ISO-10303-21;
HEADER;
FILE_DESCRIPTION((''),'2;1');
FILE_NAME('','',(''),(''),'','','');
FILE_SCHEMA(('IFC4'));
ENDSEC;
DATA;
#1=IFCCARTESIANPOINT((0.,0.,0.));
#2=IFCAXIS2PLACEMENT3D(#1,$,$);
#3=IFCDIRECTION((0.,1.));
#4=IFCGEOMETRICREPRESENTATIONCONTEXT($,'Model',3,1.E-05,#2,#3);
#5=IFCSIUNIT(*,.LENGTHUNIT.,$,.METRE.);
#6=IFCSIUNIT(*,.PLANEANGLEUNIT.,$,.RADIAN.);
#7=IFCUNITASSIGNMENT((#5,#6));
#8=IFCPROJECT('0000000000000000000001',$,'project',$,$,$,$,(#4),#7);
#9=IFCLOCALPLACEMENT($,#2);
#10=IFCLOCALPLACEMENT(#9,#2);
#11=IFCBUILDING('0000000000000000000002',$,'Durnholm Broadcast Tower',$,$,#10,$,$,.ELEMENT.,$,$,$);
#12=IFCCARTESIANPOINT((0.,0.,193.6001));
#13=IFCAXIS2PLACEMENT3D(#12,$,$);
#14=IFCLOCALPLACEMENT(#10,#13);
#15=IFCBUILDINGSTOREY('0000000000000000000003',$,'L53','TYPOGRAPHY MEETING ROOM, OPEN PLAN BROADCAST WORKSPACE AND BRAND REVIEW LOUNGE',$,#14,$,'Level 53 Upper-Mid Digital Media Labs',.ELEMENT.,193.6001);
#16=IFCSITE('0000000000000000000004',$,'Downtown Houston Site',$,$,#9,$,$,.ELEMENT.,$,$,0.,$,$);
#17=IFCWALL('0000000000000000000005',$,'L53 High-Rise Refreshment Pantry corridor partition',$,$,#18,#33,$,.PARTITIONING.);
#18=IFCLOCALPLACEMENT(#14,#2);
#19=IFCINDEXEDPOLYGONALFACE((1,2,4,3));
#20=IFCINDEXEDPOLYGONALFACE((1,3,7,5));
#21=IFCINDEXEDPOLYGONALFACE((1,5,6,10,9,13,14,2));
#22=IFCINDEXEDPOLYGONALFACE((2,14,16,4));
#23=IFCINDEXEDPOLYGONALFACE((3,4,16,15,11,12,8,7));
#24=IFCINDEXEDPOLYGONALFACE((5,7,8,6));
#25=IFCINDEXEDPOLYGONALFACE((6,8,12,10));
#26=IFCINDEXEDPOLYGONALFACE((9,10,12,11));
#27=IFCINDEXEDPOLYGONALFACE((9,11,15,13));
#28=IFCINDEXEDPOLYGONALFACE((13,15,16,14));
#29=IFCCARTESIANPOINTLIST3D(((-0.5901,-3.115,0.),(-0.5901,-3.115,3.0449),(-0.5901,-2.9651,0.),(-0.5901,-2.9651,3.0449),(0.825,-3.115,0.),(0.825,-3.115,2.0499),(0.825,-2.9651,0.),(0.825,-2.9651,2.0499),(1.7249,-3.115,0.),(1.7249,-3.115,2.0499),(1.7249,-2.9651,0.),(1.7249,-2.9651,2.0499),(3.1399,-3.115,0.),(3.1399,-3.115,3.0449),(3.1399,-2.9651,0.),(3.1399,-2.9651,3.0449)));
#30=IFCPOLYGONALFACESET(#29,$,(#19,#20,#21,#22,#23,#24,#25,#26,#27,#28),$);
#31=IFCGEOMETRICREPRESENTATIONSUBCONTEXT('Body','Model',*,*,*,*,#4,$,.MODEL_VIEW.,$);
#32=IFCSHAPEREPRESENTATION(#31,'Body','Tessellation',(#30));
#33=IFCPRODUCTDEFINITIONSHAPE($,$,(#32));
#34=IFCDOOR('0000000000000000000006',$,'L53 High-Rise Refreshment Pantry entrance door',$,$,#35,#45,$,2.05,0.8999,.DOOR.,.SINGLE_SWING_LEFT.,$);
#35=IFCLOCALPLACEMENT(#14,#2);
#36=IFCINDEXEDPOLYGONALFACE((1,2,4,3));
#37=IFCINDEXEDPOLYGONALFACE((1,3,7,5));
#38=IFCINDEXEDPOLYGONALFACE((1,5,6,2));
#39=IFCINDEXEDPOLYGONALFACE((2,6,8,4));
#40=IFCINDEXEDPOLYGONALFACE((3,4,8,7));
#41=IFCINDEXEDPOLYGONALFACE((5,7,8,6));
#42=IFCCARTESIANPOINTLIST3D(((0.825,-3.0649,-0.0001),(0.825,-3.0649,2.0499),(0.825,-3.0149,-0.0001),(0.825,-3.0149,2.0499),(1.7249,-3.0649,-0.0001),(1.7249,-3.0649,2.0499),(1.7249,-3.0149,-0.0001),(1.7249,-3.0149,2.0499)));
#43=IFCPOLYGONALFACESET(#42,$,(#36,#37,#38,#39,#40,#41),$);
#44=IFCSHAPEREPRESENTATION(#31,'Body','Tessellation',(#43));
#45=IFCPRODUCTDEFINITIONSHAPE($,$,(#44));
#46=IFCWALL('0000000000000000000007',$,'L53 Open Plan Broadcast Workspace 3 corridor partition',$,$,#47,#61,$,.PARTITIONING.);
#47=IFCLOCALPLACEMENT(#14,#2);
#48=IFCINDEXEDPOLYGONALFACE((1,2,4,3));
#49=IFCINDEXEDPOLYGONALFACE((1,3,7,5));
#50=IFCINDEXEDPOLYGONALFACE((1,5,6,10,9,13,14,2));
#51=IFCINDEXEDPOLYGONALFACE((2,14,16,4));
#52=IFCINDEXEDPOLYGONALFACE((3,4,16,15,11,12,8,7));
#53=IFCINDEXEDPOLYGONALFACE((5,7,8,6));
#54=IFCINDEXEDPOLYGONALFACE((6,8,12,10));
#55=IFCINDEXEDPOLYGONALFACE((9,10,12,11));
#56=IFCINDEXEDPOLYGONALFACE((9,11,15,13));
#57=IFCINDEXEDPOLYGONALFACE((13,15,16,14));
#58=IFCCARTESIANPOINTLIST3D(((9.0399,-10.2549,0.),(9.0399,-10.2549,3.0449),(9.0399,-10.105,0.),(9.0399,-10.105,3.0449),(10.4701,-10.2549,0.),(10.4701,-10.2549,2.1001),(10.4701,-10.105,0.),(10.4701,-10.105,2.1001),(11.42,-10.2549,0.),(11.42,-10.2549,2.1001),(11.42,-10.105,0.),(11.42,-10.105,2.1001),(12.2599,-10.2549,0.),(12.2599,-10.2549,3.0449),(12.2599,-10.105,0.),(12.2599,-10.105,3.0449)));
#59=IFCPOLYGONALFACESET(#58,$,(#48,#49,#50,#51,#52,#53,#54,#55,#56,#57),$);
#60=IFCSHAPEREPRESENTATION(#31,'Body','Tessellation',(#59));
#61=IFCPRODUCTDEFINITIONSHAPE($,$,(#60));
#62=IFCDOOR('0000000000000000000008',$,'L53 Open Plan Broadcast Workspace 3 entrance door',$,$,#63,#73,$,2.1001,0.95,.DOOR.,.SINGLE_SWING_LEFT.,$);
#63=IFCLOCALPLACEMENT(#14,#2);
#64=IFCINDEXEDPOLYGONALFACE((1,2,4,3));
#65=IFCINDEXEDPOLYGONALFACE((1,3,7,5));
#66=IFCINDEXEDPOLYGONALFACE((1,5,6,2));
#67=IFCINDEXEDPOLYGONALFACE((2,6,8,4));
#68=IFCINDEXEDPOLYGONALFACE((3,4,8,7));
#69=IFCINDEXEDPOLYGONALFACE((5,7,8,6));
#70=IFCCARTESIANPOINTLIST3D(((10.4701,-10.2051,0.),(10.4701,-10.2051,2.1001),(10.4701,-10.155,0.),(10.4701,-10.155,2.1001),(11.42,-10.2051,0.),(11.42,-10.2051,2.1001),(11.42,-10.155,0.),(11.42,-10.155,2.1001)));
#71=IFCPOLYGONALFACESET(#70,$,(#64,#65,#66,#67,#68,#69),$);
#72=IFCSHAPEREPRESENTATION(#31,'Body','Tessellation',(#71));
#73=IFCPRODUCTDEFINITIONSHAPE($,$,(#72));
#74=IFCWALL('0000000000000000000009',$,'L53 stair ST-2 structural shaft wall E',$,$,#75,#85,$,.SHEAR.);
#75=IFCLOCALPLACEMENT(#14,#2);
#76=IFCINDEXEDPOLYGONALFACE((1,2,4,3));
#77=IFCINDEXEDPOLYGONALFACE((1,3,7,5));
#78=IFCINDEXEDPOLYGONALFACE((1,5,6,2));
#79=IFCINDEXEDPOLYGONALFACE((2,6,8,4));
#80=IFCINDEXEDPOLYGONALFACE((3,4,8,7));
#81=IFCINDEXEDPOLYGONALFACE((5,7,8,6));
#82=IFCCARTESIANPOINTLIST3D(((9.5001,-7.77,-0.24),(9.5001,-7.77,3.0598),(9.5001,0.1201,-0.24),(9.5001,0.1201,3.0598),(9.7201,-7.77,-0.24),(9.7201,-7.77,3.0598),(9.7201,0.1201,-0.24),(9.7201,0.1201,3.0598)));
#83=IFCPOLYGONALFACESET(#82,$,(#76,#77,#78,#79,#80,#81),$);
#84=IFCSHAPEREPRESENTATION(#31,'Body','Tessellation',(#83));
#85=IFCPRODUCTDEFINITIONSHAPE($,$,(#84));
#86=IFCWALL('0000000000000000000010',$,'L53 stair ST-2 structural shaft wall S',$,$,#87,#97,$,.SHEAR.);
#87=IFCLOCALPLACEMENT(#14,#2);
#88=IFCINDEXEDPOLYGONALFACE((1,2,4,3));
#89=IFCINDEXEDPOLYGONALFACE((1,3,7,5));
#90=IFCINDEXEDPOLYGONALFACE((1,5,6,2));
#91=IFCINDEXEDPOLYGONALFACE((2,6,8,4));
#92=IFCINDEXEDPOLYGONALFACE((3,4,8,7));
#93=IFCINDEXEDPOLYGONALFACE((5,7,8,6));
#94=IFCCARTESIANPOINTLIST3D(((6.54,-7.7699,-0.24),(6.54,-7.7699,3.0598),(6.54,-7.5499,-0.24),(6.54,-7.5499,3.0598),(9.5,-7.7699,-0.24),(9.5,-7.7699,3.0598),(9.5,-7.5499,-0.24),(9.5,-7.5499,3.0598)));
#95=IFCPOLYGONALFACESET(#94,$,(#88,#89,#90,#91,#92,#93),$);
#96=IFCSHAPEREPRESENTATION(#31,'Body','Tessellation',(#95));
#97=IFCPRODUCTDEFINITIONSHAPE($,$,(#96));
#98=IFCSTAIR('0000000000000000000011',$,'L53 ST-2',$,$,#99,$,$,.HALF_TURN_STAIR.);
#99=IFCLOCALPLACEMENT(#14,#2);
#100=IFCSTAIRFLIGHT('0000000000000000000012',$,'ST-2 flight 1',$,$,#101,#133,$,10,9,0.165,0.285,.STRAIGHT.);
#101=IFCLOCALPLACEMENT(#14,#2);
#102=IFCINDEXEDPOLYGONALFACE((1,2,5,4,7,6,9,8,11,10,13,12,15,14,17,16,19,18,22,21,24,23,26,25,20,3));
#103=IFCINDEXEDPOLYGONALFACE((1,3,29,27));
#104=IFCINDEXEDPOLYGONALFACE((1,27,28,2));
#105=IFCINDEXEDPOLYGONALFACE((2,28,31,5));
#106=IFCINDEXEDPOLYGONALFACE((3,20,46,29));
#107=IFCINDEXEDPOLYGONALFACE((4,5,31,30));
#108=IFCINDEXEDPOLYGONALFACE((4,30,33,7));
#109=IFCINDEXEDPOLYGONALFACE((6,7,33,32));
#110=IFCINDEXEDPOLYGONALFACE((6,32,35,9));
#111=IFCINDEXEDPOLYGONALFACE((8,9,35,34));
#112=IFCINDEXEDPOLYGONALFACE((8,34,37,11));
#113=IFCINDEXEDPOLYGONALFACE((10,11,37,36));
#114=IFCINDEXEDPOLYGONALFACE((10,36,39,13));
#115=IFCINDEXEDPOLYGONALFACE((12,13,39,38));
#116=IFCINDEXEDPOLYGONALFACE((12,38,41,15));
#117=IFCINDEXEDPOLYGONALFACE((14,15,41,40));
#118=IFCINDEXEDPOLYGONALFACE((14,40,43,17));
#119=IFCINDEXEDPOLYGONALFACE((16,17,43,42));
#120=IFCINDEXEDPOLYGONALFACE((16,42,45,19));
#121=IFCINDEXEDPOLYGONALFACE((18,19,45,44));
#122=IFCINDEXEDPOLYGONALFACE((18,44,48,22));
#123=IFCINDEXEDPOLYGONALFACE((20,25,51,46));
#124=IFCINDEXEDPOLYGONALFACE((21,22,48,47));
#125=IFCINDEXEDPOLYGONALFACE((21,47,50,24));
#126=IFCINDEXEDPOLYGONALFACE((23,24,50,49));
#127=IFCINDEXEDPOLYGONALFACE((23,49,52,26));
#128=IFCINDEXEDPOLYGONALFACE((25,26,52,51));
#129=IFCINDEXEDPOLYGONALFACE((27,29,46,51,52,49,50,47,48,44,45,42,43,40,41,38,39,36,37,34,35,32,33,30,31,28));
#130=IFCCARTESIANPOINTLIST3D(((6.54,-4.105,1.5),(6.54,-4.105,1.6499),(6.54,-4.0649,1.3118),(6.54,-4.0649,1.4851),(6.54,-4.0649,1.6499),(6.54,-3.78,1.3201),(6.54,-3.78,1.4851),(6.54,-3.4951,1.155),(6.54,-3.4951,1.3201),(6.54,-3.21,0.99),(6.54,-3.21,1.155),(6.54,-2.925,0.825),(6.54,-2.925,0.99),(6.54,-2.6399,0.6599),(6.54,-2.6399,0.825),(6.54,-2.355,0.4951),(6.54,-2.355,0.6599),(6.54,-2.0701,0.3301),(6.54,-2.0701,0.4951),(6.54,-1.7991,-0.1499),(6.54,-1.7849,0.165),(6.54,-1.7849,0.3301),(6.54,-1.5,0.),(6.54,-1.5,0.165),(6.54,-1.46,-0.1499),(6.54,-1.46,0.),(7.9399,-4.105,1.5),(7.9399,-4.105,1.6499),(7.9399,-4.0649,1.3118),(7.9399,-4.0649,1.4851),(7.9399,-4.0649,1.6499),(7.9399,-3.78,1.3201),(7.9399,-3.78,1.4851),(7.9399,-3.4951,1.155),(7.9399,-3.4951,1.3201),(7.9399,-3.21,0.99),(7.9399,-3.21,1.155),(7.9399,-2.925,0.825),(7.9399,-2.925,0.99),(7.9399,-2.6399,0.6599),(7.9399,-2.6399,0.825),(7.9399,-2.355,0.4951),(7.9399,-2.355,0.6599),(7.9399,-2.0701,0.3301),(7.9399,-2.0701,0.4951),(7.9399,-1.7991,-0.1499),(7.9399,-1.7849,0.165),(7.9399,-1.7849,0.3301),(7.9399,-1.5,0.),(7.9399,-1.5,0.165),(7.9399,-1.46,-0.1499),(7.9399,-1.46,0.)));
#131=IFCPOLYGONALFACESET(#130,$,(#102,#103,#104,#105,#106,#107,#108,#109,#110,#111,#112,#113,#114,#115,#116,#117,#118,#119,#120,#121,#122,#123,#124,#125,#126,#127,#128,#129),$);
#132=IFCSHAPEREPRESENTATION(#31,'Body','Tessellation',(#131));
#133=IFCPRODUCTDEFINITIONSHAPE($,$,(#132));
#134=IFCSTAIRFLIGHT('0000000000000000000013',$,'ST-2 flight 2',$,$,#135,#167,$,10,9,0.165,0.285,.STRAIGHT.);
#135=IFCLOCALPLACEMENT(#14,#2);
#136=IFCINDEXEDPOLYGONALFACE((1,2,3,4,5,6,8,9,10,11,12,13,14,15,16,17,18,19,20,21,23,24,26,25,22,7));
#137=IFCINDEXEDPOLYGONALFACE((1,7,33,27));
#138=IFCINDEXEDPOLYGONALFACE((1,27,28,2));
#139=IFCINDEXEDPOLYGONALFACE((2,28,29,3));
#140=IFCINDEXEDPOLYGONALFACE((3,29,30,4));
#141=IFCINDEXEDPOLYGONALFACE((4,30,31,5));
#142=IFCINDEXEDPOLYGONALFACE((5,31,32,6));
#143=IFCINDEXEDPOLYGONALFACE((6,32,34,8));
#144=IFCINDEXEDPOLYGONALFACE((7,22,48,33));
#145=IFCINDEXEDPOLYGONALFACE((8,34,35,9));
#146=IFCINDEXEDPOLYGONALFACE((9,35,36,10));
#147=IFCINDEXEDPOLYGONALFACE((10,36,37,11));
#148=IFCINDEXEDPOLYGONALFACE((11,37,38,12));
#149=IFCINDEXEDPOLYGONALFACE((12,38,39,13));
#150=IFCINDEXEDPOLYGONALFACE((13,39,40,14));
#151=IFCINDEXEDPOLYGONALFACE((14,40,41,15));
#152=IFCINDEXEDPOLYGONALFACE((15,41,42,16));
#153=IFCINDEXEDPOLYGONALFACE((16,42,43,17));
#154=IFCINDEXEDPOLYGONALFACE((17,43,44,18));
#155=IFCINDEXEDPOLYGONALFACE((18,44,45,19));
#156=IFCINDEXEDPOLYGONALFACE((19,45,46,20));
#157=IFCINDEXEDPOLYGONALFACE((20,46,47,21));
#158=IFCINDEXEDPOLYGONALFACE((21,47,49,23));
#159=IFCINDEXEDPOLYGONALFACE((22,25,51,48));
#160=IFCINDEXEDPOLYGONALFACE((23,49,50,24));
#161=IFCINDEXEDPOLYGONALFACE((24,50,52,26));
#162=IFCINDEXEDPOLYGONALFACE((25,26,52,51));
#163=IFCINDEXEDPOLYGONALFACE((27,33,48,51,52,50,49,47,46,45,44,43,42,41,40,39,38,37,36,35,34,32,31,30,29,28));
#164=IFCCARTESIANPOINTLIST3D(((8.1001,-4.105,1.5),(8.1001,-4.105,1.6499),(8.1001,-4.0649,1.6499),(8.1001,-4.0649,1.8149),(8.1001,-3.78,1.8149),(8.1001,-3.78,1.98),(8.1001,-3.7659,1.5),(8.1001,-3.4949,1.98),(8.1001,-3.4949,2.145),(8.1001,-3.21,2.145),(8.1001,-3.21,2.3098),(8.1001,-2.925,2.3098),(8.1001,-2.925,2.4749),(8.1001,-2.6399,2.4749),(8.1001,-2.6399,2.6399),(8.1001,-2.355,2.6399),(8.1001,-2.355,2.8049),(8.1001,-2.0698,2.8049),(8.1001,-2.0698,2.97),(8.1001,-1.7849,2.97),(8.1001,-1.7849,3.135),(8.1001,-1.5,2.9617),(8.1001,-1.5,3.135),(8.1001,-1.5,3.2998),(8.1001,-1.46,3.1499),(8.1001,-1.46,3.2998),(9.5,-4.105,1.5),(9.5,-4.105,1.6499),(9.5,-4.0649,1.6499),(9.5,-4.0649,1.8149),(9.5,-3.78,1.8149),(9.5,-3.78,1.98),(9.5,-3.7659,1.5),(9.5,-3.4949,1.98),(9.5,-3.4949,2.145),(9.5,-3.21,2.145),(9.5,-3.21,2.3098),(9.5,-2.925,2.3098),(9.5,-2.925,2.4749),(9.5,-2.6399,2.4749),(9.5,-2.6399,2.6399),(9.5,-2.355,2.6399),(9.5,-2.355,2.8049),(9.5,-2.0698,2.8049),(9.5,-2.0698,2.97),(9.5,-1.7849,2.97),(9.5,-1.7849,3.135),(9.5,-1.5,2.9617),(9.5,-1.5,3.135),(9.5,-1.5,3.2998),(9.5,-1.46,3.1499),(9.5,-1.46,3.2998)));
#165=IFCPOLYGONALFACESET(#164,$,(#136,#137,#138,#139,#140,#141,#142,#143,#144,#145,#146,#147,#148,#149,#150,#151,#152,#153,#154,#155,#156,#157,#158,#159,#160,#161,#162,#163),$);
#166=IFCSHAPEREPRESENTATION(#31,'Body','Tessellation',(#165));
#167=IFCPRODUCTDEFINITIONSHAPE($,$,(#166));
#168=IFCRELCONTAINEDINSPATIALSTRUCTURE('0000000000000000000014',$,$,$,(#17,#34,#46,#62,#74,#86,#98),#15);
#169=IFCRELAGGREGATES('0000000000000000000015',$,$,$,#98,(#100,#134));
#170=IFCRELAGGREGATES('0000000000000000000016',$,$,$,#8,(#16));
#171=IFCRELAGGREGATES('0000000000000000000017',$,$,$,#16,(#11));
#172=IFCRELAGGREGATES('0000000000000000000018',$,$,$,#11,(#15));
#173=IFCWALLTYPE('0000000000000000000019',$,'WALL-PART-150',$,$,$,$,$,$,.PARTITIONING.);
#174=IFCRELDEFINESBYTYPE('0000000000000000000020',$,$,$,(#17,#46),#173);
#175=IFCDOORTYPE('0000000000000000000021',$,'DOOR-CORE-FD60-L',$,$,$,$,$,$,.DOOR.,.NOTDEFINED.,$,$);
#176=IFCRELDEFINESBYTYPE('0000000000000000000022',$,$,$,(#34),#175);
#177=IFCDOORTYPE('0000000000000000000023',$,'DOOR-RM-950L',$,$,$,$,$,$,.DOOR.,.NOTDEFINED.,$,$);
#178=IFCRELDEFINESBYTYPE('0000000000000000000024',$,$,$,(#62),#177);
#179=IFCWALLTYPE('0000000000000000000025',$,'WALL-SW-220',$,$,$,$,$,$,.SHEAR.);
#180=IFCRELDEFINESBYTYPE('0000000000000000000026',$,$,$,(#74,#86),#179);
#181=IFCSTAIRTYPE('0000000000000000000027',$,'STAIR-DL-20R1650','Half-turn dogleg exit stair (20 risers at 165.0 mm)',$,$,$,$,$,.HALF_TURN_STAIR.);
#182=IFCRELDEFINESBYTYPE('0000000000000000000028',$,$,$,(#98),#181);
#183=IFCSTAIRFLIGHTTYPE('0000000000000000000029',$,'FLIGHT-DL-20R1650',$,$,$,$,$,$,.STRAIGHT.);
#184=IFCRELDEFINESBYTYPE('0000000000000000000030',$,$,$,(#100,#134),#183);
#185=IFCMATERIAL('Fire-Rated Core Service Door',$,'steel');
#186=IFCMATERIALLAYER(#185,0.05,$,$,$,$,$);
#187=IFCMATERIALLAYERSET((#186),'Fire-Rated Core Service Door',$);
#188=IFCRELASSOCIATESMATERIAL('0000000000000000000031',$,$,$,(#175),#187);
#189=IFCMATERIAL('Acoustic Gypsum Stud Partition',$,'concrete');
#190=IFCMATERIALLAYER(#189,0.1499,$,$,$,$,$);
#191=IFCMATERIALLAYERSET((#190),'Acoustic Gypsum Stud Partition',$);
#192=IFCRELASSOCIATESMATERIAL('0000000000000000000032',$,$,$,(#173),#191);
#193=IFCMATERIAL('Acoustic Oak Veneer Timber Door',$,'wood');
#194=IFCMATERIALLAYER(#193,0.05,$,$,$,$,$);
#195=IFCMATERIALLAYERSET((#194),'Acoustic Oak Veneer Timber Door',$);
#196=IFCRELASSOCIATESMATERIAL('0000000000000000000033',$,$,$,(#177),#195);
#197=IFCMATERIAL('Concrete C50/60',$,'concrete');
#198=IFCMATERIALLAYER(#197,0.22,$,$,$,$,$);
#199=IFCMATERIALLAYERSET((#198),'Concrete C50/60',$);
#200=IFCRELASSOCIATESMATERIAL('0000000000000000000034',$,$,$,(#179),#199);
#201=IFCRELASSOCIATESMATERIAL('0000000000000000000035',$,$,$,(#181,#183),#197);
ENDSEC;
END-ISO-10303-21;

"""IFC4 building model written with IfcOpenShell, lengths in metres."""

from ifc_helpers import new_model, si_unit, direction, frame, frame_2d, origin, place, context, subcontext, project, spatial, polyline, rectangle, outline, extrude, source, transform, mapped, material, layer, layer_set, type_object, type_shapes, element, fill, aggregate, save


model = new_model("IFC4")

# Units and contexts
model_context = context("Model", 3, precision=1e-05, world=origin(), true_north=direction((0.0, 1.0)))
body_context = subcontext(model_context, "Body", "Model", "MODEL_VIEW")
ifc_project = project(units=[si_unit("LENGTHUNIT", "METRE"), si_unit("PLANEANGLEUNIT", "RADIAN")], contexts=[model_context])

# Site, building, storey
site_placement = place(None, origin())
site = spatial("IfcSite", under=ifc_project, at=site_placement, Name="Downtown Houston Site", CompositionType="ELEMENT", RefElevation=0.0)
building_placement = place(site_placement, origin())
building = spatial("IfcBuilding", under=site, at=building_placement, Name="Durnholm Broadcast Tower", CompositionType="ELEMENT")
storey_placement = place(building_placement, frame((0.0, 0.0, 193.6001)))
storey = spatial("IfcBuildingStorey", under=building, at=storey_placement, Name="L53", Description="TYPOGRAPHY MEETING ROOM, OPEN PLAN BROADCAST WORKSPACE AND BRAND REVIEW LOUNGE", LongName="Level 53 Upper-Mid Digital Media Labs", CompositionType="ELEMENT", Elevation=193.6001)

# Walls, openings, doors
ifc_material_1 = material(Name="Fire-Rated Core Service Door", Category="steel")
ifc_layer_1 = layer(ifc_material_1, 0.05)
ifc_layer_set_1 = layer_set([ifc_layer_1], Name="Fire-Rated Core Service Door")
door_type_1 = type_object("IfcDoorType", Name="DOOR-CORE-FD60-L", OperationType="NOTDEFINED", PredefinedType="DOOR", material=ifc_layer_set_1)
shared_shape_1 = source(origin(), body_context, "Body", "SweptSolid", [
    extrude(rectangle(XDim=0.8999, YDim=2.05, at=frame_2d((0.45, 1.0249))), frame((0.0, 0.0249, 0.0), z_axis=(0.0, -1.0, 0.0), x_axis=(1.0, 0.0, 0.0)), (0.0, 0.0, 1.0), 0.05),
])
type_shapes(door_type_1, [shared_shape_1])
ifc_material_2 = material(Name="Acoustic Gypsum Stud Partition", Category="concrete")
ifc_layer_2 = layer(ifc_material_2, 0.1499)
ifc_layer_set_2 = layer_set([ifc_layer_2], Name="Acoustic Gypsum Stud Partition")
wall_type_1 = type_object("IfcWallType", Name="WALL-PART-150", PredefinedType="PARTITIONING", material=ifc_layer_set_2)
wall_1_placement = place(storey_placement, frame((3.1399, -3.04, 0.0), z_axis=(0.0, 0.0, 1.0), x_axis=(-1.0, 0.0, 0.0)))
wall_1 = element("IfcWall", 1, at=wall_1_placement, inside=storey, type_object=wall_type_1, Name="L53 High-Rise Refreshment Pantry corridor partition", PredefinedType="PARTITIONING", context=body_context, shape_type="SweptSolid", body=[
    extrude(rectangle(XDim=3.73, YDim=0.1499, at=frame_2d((1.865, 0.0))), origin(), (0.0, 0.0, 1.0), 3.0449),
])
opening_1_placement = place(wall_1_placement, frame((1.415, 0.0, 0.0)))
opening_1 = element("IfcOpeningElement", 2, at=opening_1_placement, cuts=wall_1, PredefinedType="OPENING", context=body_context, shape_type="SweptSolid", body=[
    extrude(rectangle(XDim=0.8999, YDim=2.05, at=frame_2d((0.45, 1.0249))), frame((0.0, 0.085, 0.0), z_axis=(0.0, -1.0, 0.0), x_axis=(1.0, 0.0, 0.0)), (0.0, 0.0, 1.0), 0.1699),
])
door_1_placement = place(opening_1_placement, origin())
door_1 = element("IfcDoor", 3, at=door_1_placement, inside=storey, type_object=door_type_1, Name="L53 High-Rise Refreshment Pantry entrance door", OperationType="SINGLE_SWING_LEFT", OverallHeight=2.05, OverallWidth=0.8999, PredefinedType="DOOR", context=body_context, shape_type="MappedRepresentation", body=[
    mapped(shared_shape_1, transform((0.0, 0.0, 0.0), x_axis=(1.0, 0.0, 0.0), y_axis=(0.0, 1.0, 0.0), z_axis=(0.0, 0.0, 1.0), scale=1.0)),
])
fill(opening_1, door_1)
wall_2_placement = place(storey_placement, frame((9.04, -10.1799, 0.0), z_axis=(0.0, 0.0, 1.0), x_axis=(1.0, 0.0, 0.0)))
wall_2 = element("IfcWall", 4, at=wall_2_placement, inside=storey, type_object=wall_type_1, Name="L53 Open Plan Broadcast Workspace 3 corridor partition", PredefinedType="PARTITIONING", context=body_context, shape_type="SweptSolid", body=[
    extrude(rectangle(XDim=3.22, YDim=0.1499, at=frame_2d((1.6099, 0.0))), origin(), (0.0, 0.0, 1.0), 3.0449),
])
opening_2_placement = place(wall_2_placement, frame((1.4299, 0.0, 0.0)))
opening_2 = element("IfcOpeningElement", 5, at=opening_2_placement, cuts=wall_2, PredefinedType="OPENING", context=body_context, shape_type="SweptSolid", body=[
    extrude(rectangle(XDim=0.95, YDim=2.1001, at=frame_2d((0.4751, 1.05))), frame((0.0, 0.085, 0.0), z_axis=(0.0, -1.0, 0.0), x_axis=(1.0, 0.0, 0.0)), (0.0, 0.0, 1.0), 0.1699),
])
ifc_material_3 = material(Name="Acoustic Oak Veneer Timber Door", Category="wood")
ifc_layer_3 = layer(ifc_material_3, 0.05)
ifc_layer_set_3 = layer_set([ifc_layer_3], Name="Acoustic Oak Veneer Timber Door")
door_type_2 = type_object("IfcDoorType", Name="DOOR-RM-950L", OperationType="NOTDEFINED", PredefinedType="DOOR", material=ifc_layer_set_3)
shared_shape_2 = source(origin(), body_context, "Body", "SweptSolid", [
    extrude(rectangle(XDim=0.95, YDim=2.1001, at=frame_2d((0.4751, 1.05))), frame((0.0, 0.0249, 0.0), z_axis=(0.0, -1.0, 0.0), x_axis=(1.0, 0.0, 0.0)), (0.0, 0.0, 1.0), 0.05),
])
type_shapes(door_type_2, [shared_shape_2])
door_2_placement = place(opening_2_placement, origin())
door_2 = element("IfcDoor", 6, at=door_2_placement, inside=storey, type_object=door_type_2, Name="L53 Open Plan Broadcast Workspace 3 entrance door", OperationType="SINGLE_SWING_LEFT", OverallHeight=2.1001, OverallWidth=0.95, PredefinedType="DOOR", context=body_context, shape_type="MappedRepresentation", body=[
    mapped(shared_shape_2, transform((0.0, 0.0, 0.0), x_axis=(1.0, 0.0, 0.0), y_axis=(0.0, 1.0, 0.0), z_axis=(0.0, 0.0, 1.0), scale=1.0)),
])
fill(opening_2, door_2)

# Walls
ifc_material_4 = material(Name="Concrete C50/60", Category="concrete")
ifc_layer_4 = layer(ifc_material_4, 0.22)
ifc_layer_set_4 = layer_set([ifc_layer_4], Name="Concrete C50/60")
wall_type_2 = type_object("IfcWallType", Name="WALL-SW-220", PredefinedType="SHEAR", material=ifc_layer_set_4)
wall_3_placement = place(storey_placement, frame((9.6101, -7.77, -0.24), z_axis=(0.0, 0.0, 1.0), x_axis=(0.0, 1.0, 0.0)))
element("IfcWall", 7, at=wall_3_placement, inside=storey, type_object=wall_type_2, Name="L53 stair ST-2 structural shaft wall E", PredefinedType="SHEAR", context=body_context, shape_type="SweptSolid", body=[
    extrude(rectangle(XDim=7.8901, YDim=0.22, at=frame_2d((3.9451, 0.0))), origin(), (0.0, 0.0, 1.0), 3.2998),
])
wall_4_placement = place(storey_placement, frame((6.54, -7.6599, -0.24), z_axis=(0.0, 0.0, 1.0), x_axis=(1.0, 0.0, 0.0)))
element("IfcWall", 8, at=wall_4_placement, inside=storey, type_object=wall_type_2, Name="L53 stair ST-2 structural shaft wall S", PredefinedType="SHEAR", context=body_context, shape_type="SweptSolid", body=[
    extrude(rectangle(XDim=2.96, YDim=0.22, at=frame_2d((1.48, 0.0))), origin(), (0.0, 0.0, 1.0), 3.2998),
])

# Stair, stair flights
stair_type = type_object("IfcStairType", Name="STAIR-DL-20R1650", Description="Half-turn dogleg exit stair (20 risers at 165.0 mm)", PredefinedType="HALF_TURN_STAIR", material=ifc_material_4)
stair_placement = place(storey_placement, origin())
stair = element("IfcStair", 9, at=stair_placement, inside=storey, type_object=stair_type, Name="L53 ST-2", PredefinedType="HALF_TURN_STAIR")
stair_flight_type = type_object("IfcStairFlightType", Name="FLIGHT-DL-20R1650", PredefinedType="STRAIGHT", material=ifc_material_4)
stair_flight_1_placement = place(storey_placement, frame((7.24, -1.5, 0.0), z_axis=(0.0, 0.0, 1.0), x_axis=(0.0, -1.0, 0.0)))
stair_flight_1 = element("IfcStairFlight", 10, at=stair_flight_1_placement, type_object=stair_flight_type, Name="ST-2 flight 1", NumberOfRisers=10, NumberOfTreads=9, PredefinedType="STRAIGHT", RiserHeight=0.165, TreadLength=0.285, context=body_context, shape_type="SweptSolid", body=[
    extrude(outline(polyline([(-0.04, -0.1499), (-0.04, 0.0), (0.0, 0.0), (0.0, 0.165), (0.2849, 0.165), (0.2849, 0.3301), (0.5701, 0.3301), (0.5701, 0.4951), (0.855, 0.4951), (0.855, 0.6599), (1.1399, 0.6599), (1.1399, 0.825), (1.425, 0.825), (1.425, 0.99), (1.71, 0.99), (1.71, 1.155), (1.9951, 1.155), (1.9951, 1.3201), (2.28, 1.3201), (2.28, 1.4851), (2.5649, 1.4851), (2.5649, 1.6499), (2.605, 1.6499), (2.605, 1.5), (2.5649, 1.3118), (0.2991, -0.1499), (-0.04, -0.1499)])), frame((0.0, 0.7, 0.0), z_axis=(0.0, -1.0, 0.0), x_axis=(1.0, 0.0, 0.0)), (0.0, 0.0, 1.0), 1.3999),
])
stair_flight_2_placement = place(storey_placement, frame((8.8, -4.0649, 1.6499), z_axis=(0.0, 0.0, 1.0), x_axis=(0.0, 1.0, 0.0)))
stair_flight_2 = element("IfcStairFlight", 11, at=stair_flight_2_placement, type_object=stair_flight_type, Name="ST-2 flight 2", NumberOfRisers=10, NumberOfTreads=9, PredefinedType="STRAIGHT", RiserHeight=0.165, TreadLength=0.285, context=body_context, shape_type="SweptSolid", body=[
    extrude(outline(polyline([(-0.04, -0.1499), (-0.04, 0.0), (0.0, 0.0), (0.0, 0.165), (0.2849, 0.165), (0.2849, 0.3301), (0.5701, 0.3301), (0.5701, 0.4951), (0.855, 0.4951), (0.855, 0.6599), (1.1399, 0.6599), (1.1399, 0.825), (1.425, 0.825), (1.425, 0.99), (1.71, 0.99), (1.71, 1.155), (1.9951, 1.155), (1.9951, 1.3201), (2.28, 1.3201), (2.28, 1.4851), (2.5649, 1.4851), (2.5649, 1.6499), (2.605, 1.6499), (2.605, 1.5), (2.5649, 1.3118), (0.2991, -0.1499), (-0.04, -0.1499)])), frame((0.0, 0.7, 0.0), z_axis=(0.0, -1.0, 0.0), x_axis=(1.0, 0.0, 0.0)), (0.0, 0.0, 1.0), 1.3999),
])
aggregate(stair, [stair_flight_1, stair_flight_2])

save(model, "model.ifc")
